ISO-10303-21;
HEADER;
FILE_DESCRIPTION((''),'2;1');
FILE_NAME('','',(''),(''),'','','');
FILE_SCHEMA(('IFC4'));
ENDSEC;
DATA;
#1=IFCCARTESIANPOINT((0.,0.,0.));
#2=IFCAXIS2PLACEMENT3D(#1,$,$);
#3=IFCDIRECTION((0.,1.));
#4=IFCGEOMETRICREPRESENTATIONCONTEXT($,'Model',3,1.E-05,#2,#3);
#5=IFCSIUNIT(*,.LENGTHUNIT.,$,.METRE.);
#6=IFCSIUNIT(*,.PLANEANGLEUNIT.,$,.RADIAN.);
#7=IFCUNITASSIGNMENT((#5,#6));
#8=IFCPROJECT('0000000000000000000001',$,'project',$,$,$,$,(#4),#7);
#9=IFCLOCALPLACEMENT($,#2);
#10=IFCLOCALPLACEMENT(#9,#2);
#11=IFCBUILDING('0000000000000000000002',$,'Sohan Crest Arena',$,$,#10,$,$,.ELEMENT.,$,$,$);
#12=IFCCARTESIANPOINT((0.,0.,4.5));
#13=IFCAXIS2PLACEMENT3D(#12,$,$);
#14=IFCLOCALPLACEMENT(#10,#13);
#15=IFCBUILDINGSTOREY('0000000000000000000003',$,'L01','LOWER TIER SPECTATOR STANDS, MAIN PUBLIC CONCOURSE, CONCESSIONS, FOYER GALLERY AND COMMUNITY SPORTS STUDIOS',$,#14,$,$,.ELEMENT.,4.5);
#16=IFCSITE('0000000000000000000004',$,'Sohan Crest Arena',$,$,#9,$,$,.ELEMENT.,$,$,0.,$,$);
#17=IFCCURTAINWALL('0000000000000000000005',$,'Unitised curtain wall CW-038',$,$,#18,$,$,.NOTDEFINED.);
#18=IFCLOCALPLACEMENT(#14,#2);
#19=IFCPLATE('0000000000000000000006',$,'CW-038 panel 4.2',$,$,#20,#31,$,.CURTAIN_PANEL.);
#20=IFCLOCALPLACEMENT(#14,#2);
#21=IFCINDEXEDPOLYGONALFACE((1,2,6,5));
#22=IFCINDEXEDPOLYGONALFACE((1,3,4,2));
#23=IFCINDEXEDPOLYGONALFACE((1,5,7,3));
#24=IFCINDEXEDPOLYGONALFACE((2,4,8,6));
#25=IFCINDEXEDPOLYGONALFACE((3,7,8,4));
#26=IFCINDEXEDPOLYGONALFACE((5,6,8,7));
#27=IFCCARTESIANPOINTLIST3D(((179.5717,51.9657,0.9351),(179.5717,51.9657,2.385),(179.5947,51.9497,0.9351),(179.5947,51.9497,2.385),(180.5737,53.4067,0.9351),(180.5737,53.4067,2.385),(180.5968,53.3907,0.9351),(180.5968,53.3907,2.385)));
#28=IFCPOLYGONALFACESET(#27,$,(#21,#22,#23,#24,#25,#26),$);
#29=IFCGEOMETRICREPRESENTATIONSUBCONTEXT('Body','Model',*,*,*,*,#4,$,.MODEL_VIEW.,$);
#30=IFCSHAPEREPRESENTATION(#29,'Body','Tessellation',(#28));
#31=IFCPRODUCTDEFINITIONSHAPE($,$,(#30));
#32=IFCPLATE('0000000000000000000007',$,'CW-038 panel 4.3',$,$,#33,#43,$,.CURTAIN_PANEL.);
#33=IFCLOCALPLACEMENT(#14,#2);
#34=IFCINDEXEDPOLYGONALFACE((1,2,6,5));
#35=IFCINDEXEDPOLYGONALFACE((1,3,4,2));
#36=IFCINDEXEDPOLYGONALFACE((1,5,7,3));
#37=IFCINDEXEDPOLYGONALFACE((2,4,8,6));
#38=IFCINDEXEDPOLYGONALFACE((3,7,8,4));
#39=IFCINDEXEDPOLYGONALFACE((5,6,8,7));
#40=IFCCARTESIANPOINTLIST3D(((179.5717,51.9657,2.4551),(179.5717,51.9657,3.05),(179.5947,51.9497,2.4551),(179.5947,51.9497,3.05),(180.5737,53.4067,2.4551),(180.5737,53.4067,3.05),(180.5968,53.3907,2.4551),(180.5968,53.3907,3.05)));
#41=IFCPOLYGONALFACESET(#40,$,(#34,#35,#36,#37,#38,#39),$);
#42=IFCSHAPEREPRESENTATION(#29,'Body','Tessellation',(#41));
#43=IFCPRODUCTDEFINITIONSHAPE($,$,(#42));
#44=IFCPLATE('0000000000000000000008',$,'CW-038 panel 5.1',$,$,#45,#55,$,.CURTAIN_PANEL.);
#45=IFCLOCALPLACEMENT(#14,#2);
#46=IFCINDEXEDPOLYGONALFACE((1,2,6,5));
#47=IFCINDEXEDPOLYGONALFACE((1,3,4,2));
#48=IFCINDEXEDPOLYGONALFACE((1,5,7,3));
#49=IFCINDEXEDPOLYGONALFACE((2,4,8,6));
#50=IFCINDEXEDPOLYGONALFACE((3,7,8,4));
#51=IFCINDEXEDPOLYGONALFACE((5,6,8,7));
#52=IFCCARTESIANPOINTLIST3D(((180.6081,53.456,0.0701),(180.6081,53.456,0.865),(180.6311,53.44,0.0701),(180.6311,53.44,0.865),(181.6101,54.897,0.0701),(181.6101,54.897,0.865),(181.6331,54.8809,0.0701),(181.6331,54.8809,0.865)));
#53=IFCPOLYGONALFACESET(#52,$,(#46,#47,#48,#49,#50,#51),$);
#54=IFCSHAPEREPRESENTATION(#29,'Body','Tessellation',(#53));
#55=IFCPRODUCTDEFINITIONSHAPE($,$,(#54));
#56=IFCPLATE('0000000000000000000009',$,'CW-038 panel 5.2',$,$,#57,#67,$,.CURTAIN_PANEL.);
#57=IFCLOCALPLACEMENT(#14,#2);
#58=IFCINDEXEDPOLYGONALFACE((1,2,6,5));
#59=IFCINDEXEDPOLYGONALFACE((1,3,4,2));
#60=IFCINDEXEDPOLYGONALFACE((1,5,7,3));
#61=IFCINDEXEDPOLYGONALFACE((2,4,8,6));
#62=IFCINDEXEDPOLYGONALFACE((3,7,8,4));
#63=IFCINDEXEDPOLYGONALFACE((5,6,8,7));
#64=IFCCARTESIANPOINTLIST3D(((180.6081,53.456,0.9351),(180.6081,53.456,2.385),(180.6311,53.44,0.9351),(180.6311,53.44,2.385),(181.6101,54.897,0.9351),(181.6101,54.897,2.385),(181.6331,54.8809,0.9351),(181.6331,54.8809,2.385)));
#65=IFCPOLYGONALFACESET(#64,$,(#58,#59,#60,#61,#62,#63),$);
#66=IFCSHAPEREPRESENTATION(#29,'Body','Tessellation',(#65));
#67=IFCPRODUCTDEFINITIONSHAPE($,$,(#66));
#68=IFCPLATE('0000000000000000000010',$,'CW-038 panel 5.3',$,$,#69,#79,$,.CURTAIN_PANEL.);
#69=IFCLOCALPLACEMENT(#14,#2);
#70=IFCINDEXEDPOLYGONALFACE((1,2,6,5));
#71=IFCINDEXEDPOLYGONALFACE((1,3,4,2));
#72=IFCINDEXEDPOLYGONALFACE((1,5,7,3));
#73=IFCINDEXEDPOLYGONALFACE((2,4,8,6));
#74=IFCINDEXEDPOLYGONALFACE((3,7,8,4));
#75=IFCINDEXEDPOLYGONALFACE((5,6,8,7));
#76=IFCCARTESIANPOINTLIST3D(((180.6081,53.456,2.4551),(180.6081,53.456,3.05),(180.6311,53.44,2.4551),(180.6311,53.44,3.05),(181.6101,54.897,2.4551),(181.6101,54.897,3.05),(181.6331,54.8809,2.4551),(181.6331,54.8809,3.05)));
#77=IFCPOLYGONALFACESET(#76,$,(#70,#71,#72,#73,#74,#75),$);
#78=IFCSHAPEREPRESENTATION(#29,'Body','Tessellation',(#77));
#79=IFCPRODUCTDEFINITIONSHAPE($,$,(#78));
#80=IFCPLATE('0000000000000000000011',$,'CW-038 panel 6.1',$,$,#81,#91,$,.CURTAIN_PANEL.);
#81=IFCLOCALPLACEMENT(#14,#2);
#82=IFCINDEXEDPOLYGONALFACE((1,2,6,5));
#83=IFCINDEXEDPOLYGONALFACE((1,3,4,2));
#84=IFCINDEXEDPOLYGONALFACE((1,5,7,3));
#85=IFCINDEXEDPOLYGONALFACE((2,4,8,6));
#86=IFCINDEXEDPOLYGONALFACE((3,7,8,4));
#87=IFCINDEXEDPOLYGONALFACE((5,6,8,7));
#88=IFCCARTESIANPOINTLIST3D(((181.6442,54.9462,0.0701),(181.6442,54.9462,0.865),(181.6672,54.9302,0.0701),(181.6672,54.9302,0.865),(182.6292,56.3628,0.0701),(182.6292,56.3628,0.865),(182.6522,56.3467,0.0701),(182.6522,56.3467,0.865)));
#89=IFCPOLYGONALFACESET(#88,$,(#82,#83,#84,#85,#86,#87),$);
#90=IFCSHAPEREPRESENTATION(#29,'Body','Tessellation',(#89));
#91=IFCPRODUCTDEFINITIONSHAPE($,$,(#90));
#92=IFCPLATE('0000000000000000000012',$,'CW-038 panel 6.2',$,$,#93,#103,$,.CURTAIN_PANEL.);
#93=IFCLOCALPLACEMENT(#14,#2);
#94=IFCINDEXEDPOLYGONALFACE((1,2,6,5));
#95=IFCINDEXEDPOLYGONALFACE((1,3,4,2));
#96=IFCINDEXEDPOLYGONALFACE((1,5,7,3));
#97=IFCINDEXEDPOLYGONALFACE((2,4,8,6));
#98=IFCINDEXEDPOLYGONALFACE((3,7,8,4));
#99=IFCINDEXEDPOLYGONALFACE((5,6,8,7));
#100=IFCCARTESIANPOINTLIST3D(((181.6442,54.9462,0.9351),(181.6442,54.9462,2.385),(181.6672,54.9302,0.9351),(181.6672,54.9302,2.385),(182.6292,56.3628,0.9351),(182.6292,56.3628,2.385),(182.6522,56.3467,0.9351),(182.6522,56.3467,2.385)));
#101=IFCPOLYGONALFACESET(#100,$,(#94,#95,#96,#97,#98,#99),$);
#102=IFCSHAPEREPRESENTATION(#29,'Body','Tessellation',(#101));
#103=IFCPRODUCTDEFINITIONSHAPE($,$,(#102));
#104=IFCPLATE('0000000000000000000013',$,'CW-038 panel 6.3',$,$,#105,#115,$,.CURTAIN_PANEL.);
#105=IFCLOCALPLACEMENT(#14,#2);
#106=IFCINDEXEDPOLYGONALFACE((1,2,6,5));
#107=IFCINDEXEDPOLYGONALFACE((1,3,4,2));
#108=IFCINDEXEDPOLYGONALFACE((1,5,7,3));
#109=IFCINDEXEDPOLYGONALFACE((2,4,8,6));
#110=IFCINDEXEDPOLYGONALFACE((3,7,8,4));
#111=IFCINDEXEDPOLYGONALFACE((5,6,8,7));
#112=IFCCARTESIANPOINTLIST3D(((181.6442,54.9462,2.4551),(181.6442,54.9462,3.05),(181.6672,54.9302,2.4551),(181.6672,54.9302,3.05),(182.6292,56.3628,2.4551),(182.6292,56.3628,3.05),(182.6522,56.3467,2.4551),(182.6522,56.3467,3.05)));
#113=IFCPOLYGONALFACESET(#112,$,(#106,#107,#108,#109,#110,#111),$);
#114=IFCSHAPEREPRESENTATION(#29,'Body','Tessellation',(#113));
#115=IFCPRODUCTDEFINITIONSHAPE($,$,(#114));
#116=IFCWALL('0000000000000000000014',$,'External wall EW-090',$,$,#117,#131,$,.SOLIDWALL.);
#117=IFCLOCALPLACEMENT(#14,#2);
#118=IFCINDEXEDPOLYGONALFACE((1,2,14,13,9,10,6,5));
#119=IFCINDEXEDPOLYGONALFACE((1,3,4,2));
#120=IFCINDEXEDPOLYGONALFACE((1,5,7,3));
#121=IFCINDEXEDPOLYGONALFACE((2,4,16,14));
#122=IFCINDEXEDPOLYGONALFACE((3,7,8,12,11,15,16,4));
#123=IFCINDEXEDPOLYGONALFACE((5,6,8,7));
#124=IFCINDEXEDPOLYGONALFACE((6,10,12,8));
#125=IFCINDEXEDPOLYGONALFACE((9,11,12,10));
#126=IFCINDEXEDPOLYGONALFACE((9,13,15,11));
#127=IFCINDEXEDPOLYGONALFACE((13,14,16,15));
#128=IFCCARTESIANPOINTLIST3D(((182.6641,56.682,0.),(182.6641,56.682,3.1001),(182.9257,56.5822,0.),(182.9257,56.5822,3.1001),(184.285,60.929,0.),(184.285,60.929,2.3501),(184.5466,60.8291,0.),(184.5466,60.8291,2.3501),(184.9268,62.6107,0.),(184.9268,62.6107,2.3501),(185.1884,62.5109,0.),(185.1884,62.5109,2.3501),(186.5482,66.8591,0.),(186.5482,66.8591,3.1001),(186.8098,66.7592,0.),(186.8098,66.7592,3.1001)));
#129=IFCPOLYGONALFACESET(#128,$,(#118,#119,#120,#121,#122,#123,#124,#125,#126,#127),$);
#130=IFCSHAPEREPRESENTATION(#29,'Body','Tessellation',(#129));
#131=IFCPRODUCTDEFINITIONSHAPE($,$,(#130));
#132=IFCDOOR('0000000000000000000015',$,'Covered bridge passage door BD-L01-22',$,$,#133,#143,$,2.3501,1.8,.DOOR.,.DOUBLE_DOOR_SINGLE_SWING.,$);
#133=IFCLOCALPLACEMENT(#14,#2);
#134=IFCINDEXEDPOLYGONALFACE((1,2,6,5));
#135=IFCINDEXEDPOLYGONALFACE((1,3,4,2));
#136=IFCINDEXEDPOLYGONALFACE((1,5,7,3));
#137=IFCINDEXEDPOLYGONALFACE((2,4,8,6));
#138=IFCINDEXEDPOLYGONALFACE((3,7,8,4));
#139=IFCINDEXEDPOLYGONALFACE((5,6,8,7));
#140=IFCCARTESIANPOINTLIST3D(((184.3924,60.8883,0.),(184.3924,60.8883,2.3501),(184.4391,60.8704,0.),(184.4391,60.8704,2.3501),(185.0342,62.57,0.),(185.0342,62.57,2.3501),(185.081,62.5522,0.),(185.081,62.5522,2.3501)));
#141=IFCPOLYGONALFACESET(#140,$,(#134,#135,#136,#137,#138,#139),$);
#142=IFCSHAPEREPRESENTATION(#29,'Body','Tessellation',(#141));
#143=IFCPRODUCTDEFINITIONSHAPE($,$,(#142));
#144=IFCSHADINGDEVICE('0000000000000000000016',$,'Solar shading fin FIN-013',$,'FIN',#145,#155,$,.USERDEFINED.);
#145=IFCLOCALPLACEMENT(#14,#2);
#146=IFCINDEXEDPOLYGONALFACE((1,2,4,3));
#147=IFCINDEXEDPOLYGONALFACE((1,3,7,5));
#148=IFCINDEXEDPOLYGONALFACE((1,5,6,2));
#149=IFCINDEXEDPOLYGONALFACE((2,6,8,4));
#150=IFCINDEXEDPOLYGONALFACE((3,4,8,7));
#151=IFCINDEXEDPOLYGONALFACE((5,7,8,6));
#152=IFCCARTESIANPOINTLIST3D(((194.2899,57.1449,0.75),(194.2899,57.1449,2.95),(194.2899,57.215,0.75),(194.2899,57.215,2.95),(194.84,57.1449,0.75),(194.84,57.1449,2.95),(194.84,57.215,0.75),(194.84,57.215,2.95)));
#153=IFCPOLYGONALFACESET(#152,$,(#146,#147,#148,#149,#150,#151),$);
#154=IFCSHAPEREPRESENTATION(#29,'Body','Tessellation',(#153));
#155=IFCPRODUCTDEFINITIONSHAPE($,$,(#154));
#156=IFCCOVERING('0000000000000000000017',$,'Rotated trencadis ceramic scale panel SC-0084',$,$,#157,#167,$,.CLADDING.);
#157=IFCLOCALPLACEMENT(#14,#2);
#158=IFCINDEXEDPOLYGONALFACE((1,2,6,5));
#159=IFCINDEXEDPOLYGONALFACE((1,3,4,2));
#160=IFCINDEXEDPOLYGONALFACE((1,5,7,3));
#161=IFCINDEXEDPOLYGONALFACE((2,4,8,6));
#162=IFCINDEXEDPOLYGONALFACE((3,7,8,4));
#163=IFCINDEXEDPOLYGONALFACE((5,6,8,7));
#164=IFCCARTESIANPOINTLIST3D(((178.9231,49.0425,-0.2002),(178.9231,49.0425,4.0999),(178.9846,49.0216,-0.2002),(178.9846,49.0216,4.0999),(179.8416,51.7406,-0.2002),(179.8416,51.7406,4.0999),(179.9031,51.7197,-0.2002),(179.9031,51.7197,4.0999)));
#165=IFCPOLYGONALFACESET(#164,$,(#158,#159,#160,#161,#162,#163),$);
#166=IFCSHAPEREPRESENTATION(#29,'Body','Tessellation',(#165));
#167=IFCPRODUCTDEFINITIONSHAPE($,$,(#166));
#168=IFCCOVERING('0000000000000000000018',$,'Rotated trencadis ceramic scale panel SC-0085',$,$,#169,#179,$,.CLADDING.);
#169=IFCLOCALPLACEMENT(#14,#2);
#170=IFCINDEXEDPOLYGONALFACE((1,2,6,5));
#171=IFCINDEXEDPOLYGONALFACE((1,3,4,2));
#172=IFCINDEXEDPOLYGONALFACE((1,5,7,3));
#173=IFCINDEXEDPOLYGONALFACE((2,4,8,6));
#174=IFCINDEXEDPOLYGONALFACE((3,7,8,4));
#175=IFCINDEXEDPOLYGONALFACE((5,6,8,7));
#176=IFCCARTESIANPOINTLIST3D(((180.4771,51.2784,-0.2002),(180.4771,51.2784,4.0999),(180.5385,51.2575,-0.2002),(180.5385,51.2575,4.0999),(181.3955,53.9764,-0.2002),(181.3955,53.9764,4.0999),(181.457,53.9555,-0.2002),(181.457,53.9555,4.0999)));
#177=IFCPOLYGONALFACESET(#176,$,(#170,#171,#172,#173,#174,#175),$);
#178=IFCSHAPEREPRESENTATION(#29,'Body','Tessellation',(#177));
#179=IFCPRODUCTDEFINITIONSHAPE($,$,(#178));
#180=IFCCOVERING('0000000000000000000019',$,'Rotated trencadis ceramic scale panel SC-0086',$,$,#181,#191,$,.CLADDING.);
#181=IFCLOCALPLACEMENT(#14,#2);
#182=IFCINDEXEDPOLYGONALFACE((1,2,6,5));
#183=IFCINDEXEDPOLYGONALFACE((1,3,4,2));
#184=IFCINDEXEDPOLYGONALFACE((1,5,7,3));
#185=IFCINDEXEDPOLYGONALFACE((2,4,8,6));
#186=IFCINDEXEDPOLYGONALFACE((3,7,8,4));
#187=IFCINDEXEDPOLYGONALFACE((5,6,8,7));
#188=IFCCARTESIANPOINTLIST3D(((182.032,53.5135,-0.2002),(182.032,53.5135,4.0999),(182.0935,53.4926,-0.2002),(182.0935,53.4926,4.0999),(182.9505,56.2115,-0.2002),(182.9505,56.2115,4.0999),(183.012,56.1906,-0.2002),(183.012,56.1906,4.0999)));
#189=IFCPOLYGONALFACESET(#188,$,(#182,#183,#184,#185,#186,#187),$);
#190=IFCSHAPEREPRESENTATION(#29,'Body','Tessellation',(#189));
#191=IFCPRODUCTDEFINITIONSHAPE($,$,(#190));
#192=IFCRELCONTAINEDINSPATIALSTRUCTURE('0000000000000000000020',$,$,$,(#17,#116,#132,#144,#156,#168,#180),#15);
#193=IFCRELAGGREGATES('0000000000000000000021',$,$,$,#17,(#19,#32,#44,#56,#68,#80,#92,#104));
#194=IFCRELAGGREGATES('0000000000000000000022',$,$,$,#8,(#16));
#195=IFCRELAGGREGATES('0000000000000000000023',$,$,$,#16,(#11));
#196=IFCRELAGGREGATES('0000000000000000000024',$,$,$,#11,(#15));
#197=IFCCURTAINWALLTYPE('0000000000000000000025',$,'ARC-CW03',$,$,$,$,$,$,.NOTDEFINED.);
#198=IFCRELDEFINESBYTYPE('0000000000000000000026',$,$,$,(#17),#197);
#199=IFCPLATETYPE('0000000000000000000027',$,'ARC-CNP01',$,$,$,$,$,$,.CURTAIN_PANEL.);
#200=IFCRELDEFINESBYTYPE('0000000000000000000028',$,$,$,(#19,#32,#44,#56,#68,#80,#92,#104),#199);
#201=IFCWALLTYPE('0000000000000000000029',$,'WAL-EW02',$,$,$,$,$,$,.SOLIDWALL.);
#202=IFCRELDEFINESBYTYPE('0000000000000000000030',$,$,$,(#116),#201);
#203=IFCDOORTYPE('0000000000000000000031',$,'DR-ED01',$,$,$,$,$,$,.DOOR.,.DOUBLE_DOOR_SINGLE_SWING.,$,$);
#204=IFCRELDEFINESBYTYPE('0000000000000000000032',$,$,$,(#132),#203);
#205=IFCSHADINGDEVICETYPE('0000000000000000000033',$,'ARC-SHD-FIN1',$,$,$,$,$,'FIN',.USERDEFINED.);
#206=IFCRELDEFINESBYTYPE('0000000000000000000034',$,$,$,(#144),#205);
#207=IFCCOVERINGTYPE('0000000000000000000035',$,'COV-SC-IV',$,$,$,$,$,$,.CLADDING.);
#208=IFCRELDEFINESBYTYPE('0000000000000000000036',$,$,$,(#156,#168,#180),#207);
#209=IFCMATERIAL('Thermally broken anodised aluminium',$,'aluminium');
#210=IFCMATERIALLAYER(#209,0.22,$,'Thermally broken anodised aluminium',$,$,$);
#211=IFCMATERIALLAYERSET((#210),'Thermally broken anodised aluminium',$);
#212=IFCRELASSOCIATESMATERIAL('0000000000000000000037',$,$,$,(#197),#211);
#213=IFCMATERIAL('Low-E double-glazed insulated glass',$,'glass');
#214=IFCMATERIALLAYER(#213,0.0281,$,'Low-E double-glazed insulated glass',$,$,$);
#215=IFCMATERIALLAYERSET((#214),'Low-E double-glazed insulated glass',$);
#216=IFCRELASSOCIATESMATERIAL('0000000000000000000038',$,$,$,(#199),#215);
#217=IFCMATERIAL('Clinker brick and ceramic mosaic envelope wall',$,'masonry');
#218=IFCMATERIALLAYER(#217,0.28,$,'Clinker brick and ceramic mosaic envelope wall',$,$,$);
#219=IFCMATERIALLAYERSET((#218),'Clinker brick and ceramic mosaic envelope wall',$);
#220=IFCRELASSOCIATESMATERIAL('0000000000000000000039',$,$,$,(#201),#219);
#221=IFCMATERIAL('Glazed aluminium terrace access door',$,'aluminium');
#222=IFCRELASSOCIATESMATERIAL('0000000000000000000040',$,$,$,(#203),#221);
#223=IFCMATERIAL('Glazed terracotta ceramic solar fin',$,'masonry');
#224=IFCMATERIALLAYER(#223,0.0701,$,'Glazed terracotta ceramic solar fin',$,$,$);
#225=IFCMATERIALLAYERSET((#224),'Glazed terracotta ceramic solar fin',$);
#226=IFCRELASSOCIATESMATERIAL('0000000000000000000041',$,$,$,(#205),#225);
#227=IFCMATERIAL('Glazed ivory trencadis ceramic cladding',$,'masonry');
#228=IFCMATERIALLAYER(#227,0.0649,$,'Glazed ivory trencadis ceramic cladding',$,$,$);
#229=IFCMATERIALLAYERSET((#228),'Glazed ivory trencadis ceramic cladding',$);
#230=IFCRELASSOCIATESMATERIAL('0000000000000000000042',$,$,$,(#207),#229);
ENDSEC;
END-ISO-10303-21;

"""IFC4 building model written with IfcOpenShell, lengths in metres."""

from ifc_helpers import new_model, si_unit, direction, frame, frame_2d, origin, origin_2d, place, context, subcontext, project, spatial, rectangle, extrude, material, layer, layer_set, type_object, element, fill, aggregate, save


model = new_model("IFC4")

# Units and contexts
model_context = context("Model", 3, precision=1e-05, world=origin(), true_north=direction((0.0, 1.0)))
body_context = subcontext(model_context, "Body", "Model", "MODEL_VIEW")
ifc_project = project(units=[si_unit("LENGTHUNIT", "METRE"), si_unit("PLANEANGLEUNIT", "RADIAN")], contexts=[model_context])

# Site, building, storey
site_placement = place(None, origin())
site = spatial("IfcSite", under=ifc_project, at=site_placement, Name="Sohan Crest Arena", CompositionType="ELEMENT", RefElevation=0.0)
building_placement = place(site_placement, origin())
building = spatial("IfcBuilding", under=site, at=building_placement, Name="Sohan Crest Arena", CompositionType="ELEMENT")
storey_placement = place(building_placement, frame((0.0, 0.0, 4.5)))
storey = spatial("IfcBuildingStorey", under=building, at=storey_placement, Name="L01", Description="LOWER TIER SPECTATOR STANDS, MAIN PUBLIC CONCOURSE, CONCESSIONS, FOYER GALLERY AND COMMUNITY SPORTS STUDIOS", CompositionType="ELEMENT", Elevation=4.5)

# Curtain wall
ifc_material_1 = material(Name="Thermally broken anodised aluminium", Category="aluminium")
ifc_layer_1 = layer(ifc_material_1, 0.22, Name="Thermally broken anodised aluminium")
ifc_layer_set_1 = layer_set([ifc_layer_1], Name="Thermally broken anodised aluminium")
curtain_wall_type = type_object("IfcCurtainWallType", Name="ARC-CW03", PredefinedType="NOTDEFINED", material=ifc_layer_set_1)
curtain_wall_placement = place(storey_placement, origin())
curtain_wall = element("IfcCurtainWall", 1, at=curtain_wall_placement, inside=storey, type_object=curtain_wall_type, Name="Unitised curtain wall CW-038", PredefinedType="NOTDEFINED")

# Plates
ifc_material_2 = material(Name="Low-E double-glazed insulated glass", Category="glass")
ifc_layer_2 = layer(ifc_material_2, 0.0281, Name="Low-E double-glazed insulated glass")
ifc_layer_set_2 = layer_set([ifc_layer_2], Name="Low-E double-glazed insulated glass")
plate_type = type_object("IfcPlateType", Name="ARC-CNP01", PredefinedType="CURTAIN_PANEL", material=ifc_layer_set_2)
plate_1_placement = place(storey_placement, frame((180.0842, 52.6782, 0.9351), z_axis=(0.0, 0.0, 1.0), x_axis=(0.570908, 0.821014, 0.0)))
plate_1 = element("IfcPlate", 2, at=plate_1_placement, type_object=plate_type, Name="CW-038 panel 4.2", PredefinedType="CURTAIN_PANEL", context=body_context, shape_type="SweptSolid", body=[
    extrude(rectangle(XDim=1.7551, YDim=0.0281, at=origin_2d()), origin(), (0.0, 0.0, 1.0), 1.45),
])
plate_2_placement = place(storey_placement, frame((180.0842, 52.6782, 2.4551), z_axis=(0.0, 0.0, 1.0), x_axis=(0.570908, 0.821014, 0.0)))
plate_2 = element("IfcPlate", 3, at=plate_2_placement, type_object=plate_type, Name="CW-038 panel 4.3", PredefinedType="CURTAIN_PANEL", context=body_context, shape_type="SweptSolid", body=[
    extrude(rectangle(XDim=1.7551, YDim=0.0281, at=origin_2d()), origin(), (0.0, 0.0, 1.0), 0.595),
])
plate_3_placement = place(storey_placement, frame((181.1206, 54.1685, 0.0701), z_axis=(0.0, 0.0, 1.0), x_axis=(0.570908, 0.821014, 0.0)))
plate_3 = element("IfcPlate", 4, at=plate_3_placement, type_object=plate_type, Name="CW-038 panel 5.1", PredefinedType="CURTAIN_PANEL", context=body_context, shape_type="SweptSolid", body=[
    extrude(rectangle(XDim=1.7551, YDim=0.0281, at=origin_2d()), origin(), (0.0, 0.0, 1.0), 0.7949),
])
plate_4_placement = place(storey_placement, frame((181.1206, 54.1685, 0.9351), z_axis=(0.0, 0.0, 1.0), x_axis=(0.570908, 0.821014, 0.0)))
plate_4 = element("IfcPlate", 5, at=plate_4_placement, type_object=plate_type, Name="CW-038 panel 5.2", PredefinedType="CURTAIN_PANEL", context=body_context, shape_type="SweptSolid", body=[
    extrude(rectangle(XDim=1.7551, YDim=0.0281, at=origin_2d()), origin(), (0.0, 0.0, 1.0), 1.45),
])
plate_5_placement = place(storey_placement, frame((181.1206, 54.1685, 2.4551), z_axis=(0.0, 0.0, 1.0), x_axis=(0.570908, 0.821014, 0.0)))
plate_5 = element("IfcPlate", 6, at=plate_5_placement, type_object=plate_type, Name="CW-038 panel 5.3", PredefinedType="CURTAIN_PANEL", context=body_context, shape_type="SweptSolid", body=[
    extrude(rectangle(XDim=1.7551, YDim=0.0281, at=origin_2d()), origin(), (0.0, 0.0, 1.0), 0.595),
])
plate_6_placement = place(storey_placement, frame((182.1482, 55.6465, 0.0701), z_axis=(0.0, 0.0, 1.0), x_axis=(0.570908, 0.821014, 0.0)))
plate_6 = element("IfcPlate", 7, at=plate_6_placement, type_object=plate_type, Name="CW-038 panel 6.1", PredefinedType="CURTAIN_PANEL", context=body_context, shape_type="SweptSolid", body=[
    extrude(rectangle(XDim=1.7253, YDim=0.0281, at=origin_2d()), origin(), (0.0, 0.0, 1.0), 0.7949),
])
plate_7_placement = place(storey_placement, frame((182.1482, 55.6465, 0.9351), z_axis=(0.0, 0.0, 1.0), x_axis=(0.570908, 0.821014, 0.0)))
plate_7 = element("IfcPlate", 8, at=plate_7_placement, type_object=plate_type, Name="CW-038 panel 6.2", PredefinedType="CURTAIN_PANEL", context=body_context, shape_type="SweptSolid", body=[
    extrude(rectangle(XDim=1.7253, YDim=0.0281, at=origin_2d()), origin(), (0.0, 0.0, 1.0), 1.45),
])
plate_8_placement = place(storey_placement, frame((182.1482, 55.6465, 2.4551), z_axis=(0.0, 0.0, 1.0), x_axis=(0.570908, 0.821014, 0.0)))
plate_8 = element("IfcPlate", 9, at=plate_8_placement, type_object=plate_type, Name="CW-038 panel 6.3", PredefinedType="CURTAIN_PANEL", context=body_context, shape_type="SweptSolid", body=[
    extrude(rectangle(XDim=1.7253, YDim=0.0281, at=origin_2d()), origin(), (0.0, 0.0, 1.0), 0.595),
])
aggregate(curtain_wall, [plate_1, plate_2, plate_3, plate_4, plate_5, plate_6, plate_7, plate_8])

# Wall, opening, door
ifc_material_3 = material(Name="Clinker brick and ceramic mosaic envelope wall", Category="masonry")
ifc_layer_3 = layer(ifc_material_3, 0.28, Name="Clinker brick and ceramic mosaic envelope wall")
ifc_layer_set_3 = layer_set([ifc_layer_3], Name="Clinker brick and ceramic mosaic envelope wall")
wall_type = type_object("IfcWallType", Name="WAL-EW02", PredefinedType="SOLIDWALL", material=ifc_layer_set_3)
wall_placement = place(storey_placement, frame((182.7949, 56.6321, 0.0), z_axis=(0.0, 0.0, 1.0), x_axis=(0.356563, 0.934271, 0.0)))
wall = element("IfcWall", 10, at=wall_placement, inside=storey, type_object=wall_type, Name="External wall EW-090", PredefinedType="SOLIDWALL", context=body_context, shape_type="SweptSolid", body=[
    extrude(rectangle(XDim=10.8931, YDim=0.28, at=frame_2d((5.4465, 0.0))), origin(), (0.0, 0.0, 1.0), 3.1001),
])
opening_placement = place(wall_placement, frame((4.5459, 0.0, 0.0)))
opening = element("IfcOpeningElement", 11, at=opening_placement, cuts=wall, PredefinedType="OPENING", context=body_context, shape_type="SweptSolid", body=[
    extrude(rectangle(XDim=1.8, YDim=2.3501, at=frame_2d((0.8999, 1.175))), frame((0.0, 0.1499, 0.0), z_axis=(0.0, -1.0, 0.0), x_axis=(1.0, 0.0, 0.0)), (0.0, 0.0, 1.0), 0.3),
])
ifc_material_4 = material(Name="Glazed aluminium terrace access door", Category="aluminium")
door_type = type_object("IfcDoorType", Name="DR-ED01", OperationType="DOUBLE_DOOR_SINGLE_SWING", PredefinedType="DOOR", material=ifc_material_4)
door_placement = place(opening_placement, frame((1.8, 0.0, 0.0), z_axis=(0.0, 0.0, 1.0), x_axis=(-1.0, 0.0, 0.0)))
door = element("IfcDoor", 12, at=door_placement, inside=storey, type_object=door_type, Name="Covered bridge passage door BD-L01-22", OperationType="DOUBLE_DOOR_SINGLE_SWING", OverallHeight=2.3501, OverallWidth=1.8, PredefinedType="DOOR", context=body_context, shape_type="SweptSolid", body=[
    extrude(rectangle(XDim=1.8, YDim=2.3501, at=frame_2d((0.8999, 1.175))), frame((0.0, 0.0249, 0.0), z_axis=(0.0, -1.0, 0.0), x_axis=(1.0, 0.0, 0.0)), (0.0, 0.0, 1.0), 0.05),
])
fill(opening, door)

# Shading device
ifc_material_5 = material(Name="Glazed terracotta ceramic solar fin", Category="masonry")
ifc_layer_4 = layer(ifc_material_5, 0.0701, Name="Glazed terracotta ceramic solar fin")
ifc_layer_set_4 = layer_set([ifc_layer_4], Name="Glazed terracotta ceramic solar fin")
shading_device_type = type_object("IfcShadingDeviceType", Name="ARC-SHD-FIN1", ElementType="FIN", PredefinedType="USERDEFINED", material=ifc_layer_set_4)
shading_device_placement = place(storey_placement, frame((194.5649, 57.1799, 0.75), z_axis=(0.0, 0.0, 1.0), x_axis=(0.0, -1.0, 0.0)))
element("IfcShadingDevice", 13, at=shading_device_placement, inside=storey, type_object=shading_device_type, Name="Solar shading fin FIN-013", ObjectType="FIN", PredefinedType="USERDEFINED", context=body_context, shape_type="SweptSolid", body=[
    extrude(rectangle(XDim=0.0701, YDim=0.55, at=origin_2d()), origin(), (0.0, 0.0, 1.0), 2.2),
])

# Coverings
ifc_material_6 = material(Name="Glazed ivory trencadis ceramic cladding", Category="masonry")
ifc_layer_5 = layer(ifc_material_6, 0.0649, Name="Glazed ivory trencadis ceramic cladding")
ifc_layer_set_5 = layer_set([ifc_layer_5], Name="Glazed ivory trencadis ceramic cladding")
covering_type = type_object("IfcCoveringType", Name="COV-SC-IV", PredefinedType="CLADDING", material=ifc_layer_set_5)
for number, where, z_axis, x_axis, name in (
    (14, (179.4131, 50.3811, -0.2002), (0.0, 0.0, 1.0), (0.322266, 0.946649, 0.0), "Rotated trencadis ceramic scale panel SC-0084"),
    (15, (180.967, 52.6169, -0.2002), (0.0, 0.0, 1.0), (0.322266, 0.946649, 0.0), "Rotated trencadis ceramic scale panel SC-0085"),
    (16, (182.522, 54.8521, -0.2002), (0.0, 0.0, 1.0), (0.322266, 0.946649, 0.0), "Rotated trencadis ceramic scale panel SC-0086"),
):
    element("IfcCovering", number, at=place(storey_placement, frame(where, z_axis=z_axis, x_axis=x_axis)), inside=storey, type_object=covering_type, Name=name, PredefinedType="CLADDING", context=body_context, shape_type="SweptSolid", body=[
        extrude(rectangle(XDim=2.8501, YDim=0.0649, at=origin_2d()), origin(), (0.0, 0.0, 1.0), 4.3),
    ])

save(model, "model.ifc")
